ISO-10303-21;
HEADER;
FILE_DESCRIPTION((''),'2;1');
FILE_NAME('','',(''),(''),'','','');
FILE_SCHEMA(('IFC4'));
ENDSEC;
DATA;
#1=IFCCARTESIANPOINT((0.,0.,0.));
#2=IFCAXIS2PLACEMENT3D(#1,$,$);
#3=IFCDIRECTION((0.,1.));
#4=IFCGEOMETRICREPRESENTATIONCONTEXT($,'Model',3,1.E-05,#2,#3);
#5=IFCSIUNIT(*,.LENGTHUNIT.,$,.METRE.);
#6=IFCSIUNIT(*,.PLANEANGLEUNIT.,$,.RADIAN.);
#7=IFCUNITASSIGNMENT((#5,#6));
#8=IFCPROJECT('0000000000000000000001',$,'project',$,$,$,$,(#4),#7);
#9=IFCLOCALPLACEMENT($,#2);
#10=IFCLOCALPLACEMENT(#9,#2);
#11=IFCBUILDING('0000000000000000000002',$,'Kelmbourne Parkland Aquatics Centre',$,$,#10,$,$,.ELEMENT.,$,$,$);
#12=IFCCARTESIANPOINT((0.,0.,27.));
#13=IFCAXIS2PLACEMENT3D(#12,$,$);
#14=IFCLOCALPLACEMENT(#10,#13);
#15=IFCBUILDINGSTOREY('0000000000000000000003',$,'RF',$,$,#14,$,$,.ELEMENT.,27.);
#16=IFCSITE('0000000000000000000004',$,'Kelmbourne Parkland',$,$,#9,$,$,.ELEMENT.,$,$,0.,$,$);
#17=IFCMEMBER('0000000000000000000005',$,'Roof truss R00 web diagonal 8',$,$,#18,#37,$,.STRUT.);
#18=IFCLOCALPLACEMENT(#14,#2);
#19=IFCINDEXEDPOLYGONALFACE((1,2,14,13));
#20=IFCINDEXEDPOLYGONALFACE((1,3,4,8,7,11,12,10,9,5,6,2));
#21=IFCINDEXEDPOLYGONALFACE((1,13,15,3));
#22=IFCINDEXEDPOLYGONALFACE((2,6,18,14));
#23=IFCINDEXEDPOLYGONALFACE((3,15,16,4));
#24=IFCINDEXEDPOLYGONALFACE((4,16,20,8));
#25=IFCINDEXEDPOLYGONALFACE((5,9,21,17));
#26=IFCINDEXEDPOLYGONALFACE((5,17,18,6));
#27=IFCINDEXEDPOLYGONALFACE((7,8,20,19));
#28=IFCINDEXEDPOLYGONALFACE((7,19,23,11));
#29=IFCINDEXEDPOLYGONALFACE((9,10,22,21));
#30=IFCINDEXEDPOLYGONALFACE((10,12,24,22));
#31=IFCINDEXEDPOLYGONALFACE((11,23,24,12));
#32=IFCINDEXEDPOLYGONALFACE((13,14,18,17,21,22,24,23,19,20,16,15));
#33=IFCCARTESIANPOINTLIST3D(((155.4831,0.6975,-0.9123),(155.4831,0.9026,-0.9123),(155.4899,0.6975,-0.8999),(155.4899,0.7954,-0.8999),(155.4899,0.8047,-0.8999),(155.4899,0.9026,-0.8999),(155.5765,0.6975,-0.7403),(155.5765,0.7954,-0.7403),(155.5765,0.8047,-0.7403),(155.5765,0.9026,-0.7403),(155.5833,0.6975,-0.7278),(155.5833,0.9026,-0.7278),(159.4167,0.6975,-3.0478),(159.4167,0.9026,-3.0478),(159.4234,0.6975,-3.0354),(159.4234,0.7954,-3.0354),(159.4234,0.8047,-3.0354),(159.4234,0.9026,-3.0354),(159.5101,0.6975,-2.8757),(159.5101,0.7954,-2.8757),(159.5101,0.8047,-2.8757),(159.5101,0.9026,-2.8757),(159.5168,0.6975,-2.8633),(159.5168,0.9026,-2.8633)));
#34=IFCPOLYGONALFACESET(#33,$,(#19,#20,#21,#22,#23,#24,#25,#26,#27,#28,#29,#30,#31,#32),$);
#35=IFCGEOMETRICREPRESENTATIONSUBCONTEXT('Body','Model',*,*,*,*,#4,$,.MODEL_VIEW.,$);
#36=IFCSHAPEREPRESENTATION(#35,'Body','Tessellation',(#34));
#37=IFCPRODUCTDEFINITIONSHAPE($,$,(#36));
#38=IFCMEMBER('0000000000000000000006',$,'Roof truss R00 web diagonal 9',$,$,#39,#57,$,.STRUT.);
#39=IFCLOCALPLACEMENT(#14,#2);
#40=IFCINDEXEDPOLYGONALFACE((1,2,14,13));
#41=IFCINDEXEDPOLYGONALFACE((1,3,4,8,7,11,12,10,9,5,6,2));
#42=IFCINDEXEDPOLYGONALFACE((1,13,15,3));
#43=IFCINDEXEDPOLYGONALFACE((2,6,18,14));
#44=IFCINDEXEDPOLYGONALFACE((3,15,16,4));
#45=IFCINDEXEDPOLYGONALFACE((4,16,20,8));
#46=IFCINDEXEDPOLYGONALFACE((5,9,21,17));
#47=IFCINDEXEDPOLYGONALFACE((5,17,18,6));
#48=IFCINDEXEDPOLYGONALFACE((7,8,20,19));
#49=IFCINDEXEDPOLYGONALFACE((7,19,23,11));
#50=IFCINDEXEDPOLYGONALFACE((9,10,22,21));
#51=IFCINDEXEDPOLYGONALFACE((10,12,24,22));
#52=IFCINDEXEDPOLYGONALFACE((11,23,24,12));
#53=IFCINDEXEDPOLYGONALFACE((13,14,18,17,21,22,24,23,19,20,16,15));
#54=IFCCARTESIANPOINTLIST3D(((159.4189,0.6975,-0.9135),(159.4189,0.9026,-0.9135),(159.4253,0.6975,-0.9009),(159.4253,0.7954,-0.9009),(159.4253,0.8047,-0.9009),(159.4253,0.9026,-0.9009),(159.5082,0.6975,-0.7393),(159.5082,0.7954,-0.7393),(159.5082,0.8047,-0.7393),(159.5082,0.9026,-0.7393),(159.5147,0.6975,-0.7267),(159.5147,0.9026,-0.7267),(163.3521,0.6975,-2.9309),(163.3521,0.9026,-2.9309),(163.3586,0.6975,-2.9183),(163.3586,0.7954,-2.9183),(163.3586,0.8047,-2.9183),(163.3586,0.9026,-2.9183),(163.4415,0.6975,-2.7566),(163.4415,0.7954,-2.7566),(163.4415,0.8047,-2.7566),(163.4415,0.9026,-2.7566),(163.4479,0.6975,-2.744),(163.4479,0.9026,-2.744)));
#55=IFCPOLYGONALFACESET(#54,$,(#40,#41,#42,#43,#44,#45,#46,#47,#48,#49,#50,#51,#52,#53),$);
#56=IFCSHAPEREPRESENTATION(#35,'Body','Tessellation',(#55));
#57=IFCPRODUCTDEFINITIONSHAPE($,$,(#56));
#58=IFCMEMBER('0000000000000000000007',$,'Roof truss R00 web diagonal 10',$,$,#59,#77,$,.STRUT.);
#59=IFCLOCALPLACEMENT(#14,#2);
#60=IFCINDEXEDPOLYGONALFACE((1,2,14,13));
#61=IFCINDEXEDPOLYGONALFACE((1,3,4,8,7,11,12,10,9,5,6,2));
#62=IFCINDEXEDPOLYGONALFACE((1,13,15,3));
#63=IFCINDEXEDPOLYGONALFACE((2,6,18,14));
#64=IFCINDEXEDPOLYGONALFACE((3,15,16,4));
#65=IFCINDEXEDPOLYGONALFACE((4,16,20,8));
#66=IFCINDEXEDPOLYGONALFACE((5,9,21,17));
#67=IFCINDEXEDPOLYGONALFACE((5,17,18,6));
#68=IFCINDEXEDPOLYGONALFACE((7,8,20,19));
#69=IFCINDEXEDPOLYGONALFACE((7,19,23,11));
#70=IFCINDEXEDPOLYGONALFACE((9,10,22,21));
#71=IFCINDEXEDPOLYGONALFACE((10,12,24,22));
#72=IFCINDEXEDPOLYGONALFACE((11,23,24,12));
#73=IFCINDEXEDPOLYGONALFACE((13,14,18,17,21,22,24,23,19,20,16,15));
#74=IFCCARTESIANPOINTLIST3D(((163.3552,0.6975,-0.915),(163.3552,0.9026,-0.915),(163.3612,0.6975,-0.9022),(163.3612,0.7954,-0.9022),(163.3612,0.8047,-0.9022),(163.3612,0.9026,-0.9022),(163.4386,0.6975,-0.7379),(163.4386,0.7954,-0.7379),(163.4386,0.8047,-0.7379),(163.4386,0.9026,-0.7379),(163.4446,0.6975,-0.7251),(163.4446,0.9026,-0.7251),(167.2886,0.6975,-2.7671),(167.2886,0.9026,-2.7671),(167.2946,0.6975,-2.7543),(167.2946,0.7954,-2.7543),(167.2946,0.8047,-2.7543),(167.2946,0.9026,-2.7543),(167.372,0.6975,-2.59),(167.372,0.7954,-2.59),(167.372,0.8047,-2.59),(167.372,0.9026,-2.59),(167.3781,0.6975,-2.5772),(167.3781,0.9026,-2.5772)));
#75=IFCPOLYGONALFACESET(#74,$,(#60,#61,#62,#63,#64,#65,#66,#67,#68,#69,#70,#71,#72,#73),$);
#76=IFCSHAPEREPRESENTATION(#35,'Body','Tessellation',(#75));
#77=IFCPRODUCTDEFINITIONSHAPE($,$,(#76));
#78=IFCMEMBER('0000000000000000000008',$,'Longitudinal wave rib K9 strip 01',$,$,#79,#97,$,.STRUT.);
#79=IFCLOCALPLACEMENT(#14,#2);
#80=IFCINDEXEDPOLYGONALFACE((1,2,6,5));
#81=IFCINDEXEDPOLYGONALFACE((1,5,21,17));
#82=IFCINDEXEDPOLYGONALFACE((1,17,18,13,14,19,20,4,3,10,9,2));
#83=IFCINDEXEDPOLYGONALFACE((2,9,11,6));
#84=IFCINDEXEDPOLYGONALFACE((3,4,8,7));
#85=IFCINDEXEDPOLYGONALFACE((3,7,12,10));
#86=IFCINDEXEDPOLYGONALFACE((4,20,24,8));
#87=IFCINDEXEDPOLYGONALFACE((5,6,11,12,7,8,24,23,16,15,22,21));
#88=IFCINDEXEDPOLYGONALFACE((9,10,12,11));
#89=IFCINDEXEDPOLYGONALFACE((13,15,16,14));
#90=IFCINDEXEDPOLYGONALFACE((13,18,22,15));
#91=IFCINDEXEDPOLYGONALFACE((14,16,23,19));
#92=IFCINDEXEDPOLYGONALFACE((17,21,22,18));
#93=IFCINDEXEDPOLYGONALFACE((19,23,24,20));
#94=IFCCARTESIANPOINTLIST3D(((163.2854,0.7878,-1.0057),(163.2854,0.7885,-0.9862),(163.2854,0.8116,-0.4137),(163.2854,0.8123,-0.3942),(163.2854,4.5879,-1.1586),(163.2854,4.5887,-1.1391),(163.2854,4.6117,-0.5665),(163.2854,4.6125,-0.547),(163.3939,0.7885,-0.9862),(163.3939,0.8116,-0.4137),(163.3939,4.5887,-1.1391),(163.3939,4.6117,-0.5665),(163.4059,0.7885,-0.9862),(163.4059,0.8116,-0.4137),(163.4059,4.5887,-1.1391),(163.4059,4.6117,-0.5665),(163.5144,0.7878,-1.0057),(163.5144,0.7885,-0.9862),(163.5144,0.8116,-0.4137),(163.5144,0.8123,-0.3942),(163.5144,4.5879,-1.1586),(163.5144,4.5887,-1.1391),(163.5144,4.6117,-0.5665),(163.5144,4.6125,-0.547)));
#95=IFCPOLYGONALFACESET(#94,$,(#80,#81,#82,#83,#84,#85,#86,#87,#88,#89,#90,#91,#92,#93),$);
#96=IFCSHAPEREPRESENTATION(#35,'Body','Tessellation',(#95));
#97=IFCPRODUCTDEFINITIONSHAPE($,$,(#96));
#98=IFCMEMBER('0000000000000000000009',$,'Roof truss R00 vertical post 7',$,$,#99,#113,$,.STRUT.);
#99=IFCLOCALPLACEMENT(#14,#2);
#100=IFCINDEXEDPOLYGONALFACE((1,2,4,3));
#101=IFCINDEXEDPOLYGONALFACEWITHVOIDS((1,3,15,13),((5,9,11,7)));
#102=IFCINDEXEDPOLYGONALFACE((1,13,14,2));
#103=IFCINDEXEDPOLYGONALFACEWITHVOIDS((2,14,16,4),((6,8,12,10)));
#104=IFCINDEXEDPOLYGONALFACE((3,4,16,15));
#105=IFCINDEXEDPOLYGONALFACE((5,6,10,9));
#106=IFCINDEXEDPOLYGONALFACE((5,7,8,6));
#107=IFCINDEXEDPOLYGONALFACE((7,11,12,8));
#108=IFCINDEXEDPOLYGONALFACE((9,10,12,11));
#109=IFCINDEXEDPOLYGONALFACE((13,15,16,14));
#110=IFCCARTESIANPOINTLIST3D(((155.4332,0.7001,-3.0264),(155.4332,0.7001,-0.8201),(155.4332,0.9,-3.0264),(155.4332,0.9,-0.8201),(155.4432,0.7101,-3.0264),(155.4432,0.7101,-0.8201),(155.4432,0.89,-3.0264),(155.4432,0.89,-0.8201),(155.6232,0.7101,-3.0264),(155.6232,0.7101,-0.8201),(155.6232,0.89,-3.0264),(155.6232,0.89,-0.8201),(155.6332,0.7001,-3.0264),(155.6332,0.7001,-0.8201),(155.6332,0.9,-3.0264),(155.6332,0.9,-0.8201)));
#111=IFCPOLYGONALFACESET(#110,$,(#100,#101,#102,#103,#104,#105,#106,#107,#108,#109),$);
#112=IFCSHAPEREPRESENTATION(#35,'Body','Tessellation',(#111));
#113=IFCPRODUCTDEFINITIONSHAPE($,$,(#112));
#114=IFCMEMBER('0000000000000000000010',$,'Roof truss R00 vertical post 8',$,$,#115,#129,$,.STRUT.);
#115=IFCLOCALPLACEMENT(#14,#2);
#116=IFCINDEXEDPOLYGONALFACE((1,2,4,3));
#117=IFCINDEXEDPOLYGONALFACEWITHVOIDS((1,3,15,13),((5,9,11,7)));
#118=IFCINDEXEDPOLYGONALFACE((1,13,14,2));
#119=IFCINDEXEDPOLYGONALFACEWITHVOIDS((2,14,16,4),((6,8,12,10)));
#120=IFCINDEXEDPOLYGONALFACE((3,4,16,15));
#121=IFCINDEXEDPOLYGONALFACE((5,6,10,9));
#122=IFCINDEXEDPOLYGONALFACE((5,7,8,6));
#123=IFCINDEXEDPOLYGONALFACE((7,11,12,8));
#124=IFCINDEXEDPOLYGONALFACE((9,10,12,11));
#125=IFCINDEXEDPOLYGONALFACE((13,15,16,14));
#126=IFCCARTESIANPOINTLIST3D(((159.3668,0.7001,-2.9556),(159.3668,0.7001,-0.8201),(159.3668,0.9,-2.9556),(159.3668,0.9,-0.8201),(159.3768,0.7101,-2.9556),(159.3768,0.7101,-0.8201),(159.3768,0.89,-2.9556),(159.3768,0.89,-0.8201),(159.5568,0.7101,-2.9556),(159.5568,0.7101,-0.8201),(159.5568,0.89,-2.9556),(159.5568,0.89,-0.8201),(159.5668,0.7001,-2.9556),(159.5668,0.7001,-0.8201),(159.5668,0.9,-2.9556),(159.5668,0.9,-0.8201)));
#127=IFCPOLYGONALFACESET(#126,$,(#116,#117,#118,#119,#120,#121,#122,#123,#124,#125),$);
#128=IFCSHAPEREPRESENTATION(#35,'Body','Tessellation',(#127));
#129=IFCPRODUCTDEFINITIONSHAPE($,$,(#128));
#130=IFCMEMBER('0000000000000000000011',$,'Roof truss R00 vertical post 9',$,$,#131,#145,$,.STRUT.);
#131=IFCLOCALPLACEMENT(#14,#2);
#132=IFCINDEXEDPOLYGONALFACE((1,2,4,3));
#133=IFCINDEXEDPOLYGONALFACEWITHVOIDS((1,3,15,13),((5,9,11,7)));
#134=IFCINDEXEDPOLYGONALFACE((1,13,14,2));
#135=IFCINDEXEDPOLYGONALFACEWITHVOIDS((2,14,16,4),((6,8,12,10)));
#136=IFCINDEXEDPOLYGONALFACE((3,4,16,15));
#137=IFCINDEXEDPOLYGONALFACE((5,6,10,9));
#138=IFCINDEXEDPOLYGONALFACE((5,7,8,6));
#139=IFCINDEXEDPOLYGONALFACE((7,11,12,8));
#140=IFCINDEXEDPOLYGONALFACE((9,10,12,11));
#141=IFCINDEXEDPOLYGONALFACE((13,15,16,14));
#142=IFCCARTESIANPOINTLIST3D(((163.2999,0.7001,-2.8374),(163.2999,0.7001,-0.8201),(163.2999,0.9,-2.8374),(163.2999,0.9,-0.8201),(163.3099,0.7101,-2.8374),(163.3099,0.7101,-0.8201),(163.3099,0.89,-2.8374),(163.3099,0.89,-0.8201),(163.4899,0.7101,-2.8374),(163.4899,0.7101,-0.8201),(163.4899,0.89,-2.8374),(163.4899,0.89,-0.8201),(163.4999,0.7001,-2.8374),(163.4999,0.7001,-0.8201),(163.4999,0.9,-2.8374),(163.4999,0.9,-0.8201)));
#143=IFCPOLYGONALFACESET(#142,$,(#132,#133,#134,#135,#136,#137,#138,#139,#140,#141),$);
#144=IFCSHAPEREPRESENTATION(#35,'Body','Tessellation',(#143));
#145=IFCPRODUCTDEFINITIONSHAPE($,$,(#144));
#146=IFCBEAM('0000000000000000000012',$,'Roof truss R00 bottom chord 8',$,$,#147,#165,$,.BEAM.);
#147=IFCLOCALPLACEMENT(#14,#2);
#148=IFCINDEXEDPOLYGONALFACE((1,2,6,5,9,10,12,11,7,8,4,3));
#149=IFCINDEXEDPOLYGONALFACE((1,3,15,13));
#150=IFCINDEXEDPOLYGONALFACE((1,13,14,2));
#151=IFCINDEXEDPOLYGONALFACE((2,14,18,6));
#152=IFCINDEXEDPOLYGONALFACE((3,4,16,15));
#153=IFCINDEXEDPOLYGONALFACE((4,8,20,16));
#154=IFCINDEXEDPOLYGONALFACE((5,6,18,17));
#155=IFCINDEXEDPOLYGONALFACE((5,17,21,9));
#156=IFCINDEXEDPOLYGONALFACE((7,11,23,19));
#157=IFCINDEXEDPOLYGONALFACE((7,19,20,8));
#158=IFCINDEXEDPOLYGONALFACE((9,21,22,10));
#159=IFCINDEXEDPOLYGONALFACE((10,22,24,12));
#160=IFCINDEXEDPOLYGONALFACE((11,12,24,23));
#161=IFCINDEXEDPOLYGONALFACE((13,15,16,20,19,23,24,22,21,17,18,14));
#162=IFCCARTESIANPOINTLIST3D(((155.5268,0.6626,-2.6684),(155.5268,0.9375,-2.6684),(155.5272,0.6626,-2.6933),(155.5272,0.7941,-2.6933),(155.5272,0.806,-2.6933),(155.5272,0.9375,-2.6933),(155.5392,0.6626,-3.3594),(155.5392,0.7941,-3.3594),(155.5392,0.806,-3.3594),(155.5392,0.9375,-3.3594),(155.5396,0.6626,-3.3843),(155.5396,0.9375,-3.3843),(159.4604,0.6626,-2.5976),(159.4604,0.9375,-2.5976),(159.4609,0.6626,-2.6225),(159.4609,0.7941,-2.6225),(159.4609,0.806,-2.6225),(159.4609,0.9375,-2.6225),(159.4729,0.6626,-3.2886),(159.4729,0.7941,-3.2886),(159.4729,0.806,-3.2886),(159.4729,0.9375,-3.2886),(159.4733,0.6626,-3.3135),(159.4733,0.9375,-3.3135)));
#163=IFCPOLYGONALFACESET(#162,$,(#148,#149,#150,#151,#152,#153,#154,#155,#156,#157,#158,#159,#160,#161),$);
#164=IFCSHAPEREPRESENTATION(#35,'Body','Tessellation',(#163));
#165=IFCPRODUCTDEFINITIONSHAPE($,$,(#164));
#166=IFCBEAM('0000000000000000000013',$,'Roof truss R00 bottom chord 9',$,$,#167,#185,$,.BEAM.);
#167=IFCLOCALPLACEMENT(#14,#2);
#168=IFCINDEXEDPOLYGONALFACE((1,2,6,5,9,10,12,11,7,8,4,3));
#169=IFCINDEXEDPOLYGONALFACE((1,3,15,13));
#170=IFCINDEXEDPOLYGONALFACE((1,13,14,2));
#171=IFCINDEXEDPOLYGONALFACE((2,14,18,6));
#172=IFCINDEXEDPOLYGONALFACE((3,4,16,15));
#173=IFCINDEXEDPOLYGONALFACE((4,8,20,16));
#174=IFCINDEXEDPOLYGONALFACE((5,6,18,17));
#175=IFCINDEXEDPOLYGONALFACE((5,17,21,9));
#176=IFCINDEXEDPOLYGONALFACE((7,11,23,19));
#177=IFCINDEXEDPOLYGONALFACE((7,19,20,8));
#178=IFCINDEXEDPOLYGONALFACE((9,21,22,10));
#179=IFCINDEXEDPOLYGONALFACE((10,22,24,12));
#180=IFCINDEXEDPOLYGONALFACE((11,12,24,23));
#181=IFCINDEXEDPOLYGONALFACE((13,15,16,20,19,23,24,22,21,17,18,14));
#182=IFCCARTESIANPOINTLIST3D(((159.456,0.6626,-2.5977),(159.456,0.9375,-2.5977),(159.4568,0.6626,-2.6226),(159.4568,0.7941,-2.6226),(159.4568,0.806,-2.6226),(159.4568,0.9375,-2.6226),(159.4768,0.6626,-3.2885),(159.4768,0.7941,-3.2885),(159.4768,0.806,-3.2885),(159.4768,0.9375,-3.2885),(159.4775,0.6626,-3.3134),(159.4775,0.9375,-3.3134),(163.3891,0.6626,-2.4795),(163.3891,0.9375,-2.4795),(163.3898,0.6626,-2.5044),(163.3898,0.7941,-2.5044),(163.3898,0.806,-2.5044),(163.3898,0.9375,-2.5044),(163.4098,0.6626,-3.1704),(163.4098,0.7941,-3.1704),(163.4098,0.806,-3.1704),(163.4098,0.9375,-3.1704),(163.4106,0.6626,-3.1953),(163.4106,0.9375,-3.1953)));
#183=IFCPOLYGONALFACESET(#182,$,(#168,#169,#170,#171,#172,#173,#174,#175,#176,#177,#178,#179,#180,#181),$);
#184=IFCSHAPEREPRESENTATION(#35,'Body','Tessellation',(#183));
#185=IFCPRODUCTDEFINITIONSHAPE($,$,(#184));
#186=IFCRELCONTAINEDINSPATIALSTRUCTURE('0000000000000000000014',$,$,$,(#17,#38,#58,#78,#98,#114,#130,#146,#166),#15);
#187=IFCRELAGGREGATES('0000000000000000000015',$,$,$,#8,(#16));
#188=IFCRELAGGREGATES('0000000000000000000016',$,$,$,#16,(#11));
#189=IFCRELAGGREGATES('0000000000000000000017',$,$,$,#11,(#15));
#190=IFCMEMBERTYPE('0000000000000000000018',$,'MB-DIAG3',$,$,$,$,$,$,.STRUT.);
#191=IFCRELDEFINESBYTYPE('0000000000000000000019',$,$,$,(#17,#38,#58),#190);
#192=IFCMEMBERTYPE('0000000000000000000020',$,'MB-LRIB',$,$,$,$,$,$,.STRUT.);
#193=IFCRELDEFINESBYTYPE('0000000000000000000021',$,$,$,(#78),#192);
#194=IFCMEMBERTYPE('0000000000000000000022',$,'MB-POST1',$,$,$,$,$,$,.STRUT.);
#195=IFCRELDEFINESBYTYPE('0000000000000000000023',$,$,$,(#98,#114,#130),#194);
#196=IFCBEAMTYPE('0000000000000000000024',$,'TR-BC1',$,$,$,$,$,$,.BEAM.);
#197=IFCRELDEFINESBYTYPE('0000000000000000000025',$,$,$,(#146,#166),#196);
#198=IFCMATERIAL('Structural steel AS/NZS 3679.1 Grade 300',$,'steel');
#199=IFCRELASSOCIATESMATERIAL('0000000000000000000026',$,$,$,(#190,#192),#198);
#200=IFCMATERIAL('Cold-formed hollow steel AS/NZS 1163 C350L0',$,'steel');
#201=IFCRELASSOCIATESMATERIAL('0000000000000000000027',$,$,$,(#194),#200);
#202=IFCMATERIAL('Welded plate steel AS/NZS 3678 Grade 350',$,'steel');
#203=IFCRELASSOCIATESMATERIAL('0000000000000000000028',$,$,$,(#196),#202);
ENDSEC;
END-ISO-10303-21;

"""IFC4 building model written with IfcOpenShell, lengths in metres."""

from ifc_helpers import new_model, si_unit, direction, frame, origin, origin_2d, place, context, subcontext, project, spatial, hollow_rectangle, i_section, extrude, material, material_profile, profile_set, type_object, element, save


model = new_model("IFC4")

# Units and contexts
model_context = context("Model", 3, precision=1e-05, world=origin(), true_north=direction((0.0, 1.0)))
body_context = subcontext(model_context, "Body", "Model", "MODEL_VIEW")
ifc_project = project(units=[si_unit("LENGTHUNIT", "METRE"), si_unit("PLANEANGLEUNIT", "RADIAN")], contexts=[model_context])

# Site, building, storey
site_placement = place(None, origin())
site = spatial("IfcSite", under=ifc_project, at=site_placement, Name="Kelmbourne Parkland", CompositionType="ELEMENT", RefElevation=0.0)
building_placement = place(site_placement, origin())
building = spatial("IfcBuilding", under=site, at=building_placement, Name="Kelmbourne Parkland Aquatics Centre", CompositionType="ELEMENT")
storey_placement = place(building_placement, frame((0.0, 0.0, 27.0)))
storey = spatial("IfcBuildingStorey", under=building, at=storey_placement, Name="RF", CompositionType="ELEMENT", Elevation=27.0)

# Members
ifc_material_1 = material(Name="Structural steel AS/NZS 3679.1 Grade 300", Category="steel")
ifc_material_profile_1 = material_profile(ifc_material_1, i_section(OverallWidth=0.2051, OverallDepth=0.21, WebThickness=0.0093, FlangeThickness=0.0142, at=origin_2d()), Name="200UC59.5")
ifc_profile_set_1 = profile_set([ifc_material_profile_1], Name="Structural steel AS/NZS 3679.1 Grade 300")
member_type_1 = type_object("IfcMemberType", Name="MB-DIAG3", PredefinedType="STRUT", material=ifc_profile_set_1)
member_1_placement = place(storey_placement, frame((155.5332, 0.8, -0.8201), z_axis=(0.878842, 0.0, -0.477112), x_axis=(0.0, 1.0, 0.0)))
element("IfcMember", 1, at=member_1_placement, inside=storey, type_object=member_type_1, Name="Roof truss R00 web diagonal 8", PredefinedType="STRUT", context=body_context, shape_type="SweptSolid", body=[
    extrude(i_section(OverallWidth=0.2051, OverallDepth=0.21, WebThickness=0.0093, FlangeThickness=0.0142, at=origin_2d()), origin(), (0.0, 0.0, 1.0), 4.4758),
])
member_2_placement = place(storey_placement, frame((159.4668, 0.8, -0.8201), z_axis=(0.889785, 0.0, -0.456381), x_axis=(0.0, 1.0, 0.0)))
element("IfcMember", 2, at=member_2_placement, inside=storey, type_object=member_type_1, Name="Roof truss R00 web diagonal 9", PredefinedType="STRUT", context=body_context, shape_type="SweptSolid", body=[
    extrude(i_section(OverallWidth=0.2051, OverallDepth=0.21, WebThickness=0.0093, FlangeThickness=0.0142, at=origin_2d()), origin(), (0.0, 0.0, 1.0), 4.4204),
])
member_3_placement = place(storey_placement, frame((163.3999, 0.8, -0.8201), z_axis=(0.904725, 0.0, -0.425997), x_axis=(0.0, 1.0, 0.0)))
element("IfcMember", 3, at=member_3_placement, inside=storey, type_object=member_type_1, Name="Roof truss R00 web diagonal 10", PredefinedType="STRUT", context=body_context, shape_type="SweptSolid", body=[
    extrude(i_section(OverallWidth=0.2051, OverallDepth=0.21, WebThickness=0.0093, FlangeThickness=0.0142, at=origin_2d()), origin(), (0.0, 0.0, 1.0), 4.3477),
])
ifc_material_profile_2 = material_profile(ifc_material_1, i_section(OverallWidth=0.229, OverallDepth=0.6121, WebThickness=0.012, FlangeThickness=0.0195, at=origin_2d()), Name="610UB125")
ifc_profile_set_2 = profile_set([ifc_material_profile_2], Name="Structural steel AS/NZS 3679.1 Grade 300")
member_type_2 = type_object("IfcMemberType", Name="MB-LRIB", PredefinedType="STRUT", material=ifc_profile_set_2)
member_4_placement = place(storey_placement, frame((163.3999, 0.8, -0.7), z_axis=(0.0, 0.999192, -0.040186), x_axis=(-1.0, 0.0, 0.0)))
element("IfcMember", 4, at=member_4_placement, inside=storey, type_object=member_type_2, Name="Longitudinal wave rib K9 strip 01", PredefinedType="STRUT", context=body_context, shape_type="SweptSolid", body=[
    extrude(i_section(OverallWidth=0.229, OverallDepth=0.6121, WebThickness=0.012, FlangeThickness=0.0195, at=origin_2d()), origin(), (0.0, 0.0, 1.0), 3.8032),
])
ifc_material_2 = material(Name="Cold-formed hollow steel AS/NZS 1163 C350L0", Category="steel")
ifc_material_profile_3 = material_profile(ifc_material_2, hollow_rectangle(XDim=0.2, YDim=0.2, WallThickness=0.01, at=origin_2d()), Name="SHS 200x200x10.0")
ifc_profile_set_3 = profile_set([ifc_material_profile_3], Name="Cold-formed hollow steel AS/NZS 1163 C350L0")
member_type_3 = type_object("IfcMemberType", Name="MB-POST1", PredefinedType="STRUT", material=ifc_profile_set_3)
member_5_placement = place(storey_placement, frame((155.5332, 0.8, -3.0264), z_axis=(0.0, 0.0, 1.0), x_axis=(1.0, 0.0, 0.0)))
element("IfcMember", 5, at=member_5_placement, inside=storey, type_object=member_type_3, Name="Roof truss R00 vertical post 7", PredefinedType="STRUT", context=body_context, shape_type="SweptSolid", body=[
    extrude(hollow_rectangle(XDim=0.2, YDim=0.2, WallThickness=0.01, at=origin_2d()), origin(), (0.0, 0.0, 1.0), 2.2063),
])
member_6_placement = place(storey_placement, frame((159.4668, 0.8, -2.9556), z_axis=(0.0, 0.0, 1.0), x_axis=(1.0, 0.0, 0.0)))
element("IfcMember", 6, at=member_6_placement, inside=storey, type_object=member_type_3, Name="Roof truss R00 vertical post 8", PredefinedType="STRUT", context=body_context, shape_type="SweptSolid", body=[
    extrude(hollow_rectangle(XDim=0.2, YDim=0.2, WallThickness=0.01, at=origin_2d()), origin(), (0.0, 0.0, 1.0), 2.1355),
])
member_7_placement = place(storey_placement, frame((163.3999, 0.8, -2.8374), z_axis=(0.0, 0.0, 1.0), x_axis=(1.0, 0.0, 0.0)))
element("IfcMember", 7, at=member_7_placement, inside=storey, type_object=member_type_3, Name="Roof truss R00 vertical post 9", PredefinedType="STRUT", context=body_context, shape_type="SweptSolid", body=[
    extrude(hollow_rectangle(XDim=0.2, YDim=0.2, WallThickness=0.01, at=origin_2d()), origin(), (0.0, 0.0, 1.0), 2.0173),
])

# Beams
ifc_material_3 = material(Name="Welded plate steel AS/NZS 3678 Grade 350", Category="steel")
ifc_material_profile_4 = material_profile(ifc_material_3, i_section(OverallWidth=0.2749, OverallDepth=0.7161, WebThickness=0.012, FlangeThickness=0.0249, at=origin_2d()), Name="700WB173")
ifc_profile_set_4 = profile_set([ifc_material_profile_4], Name="Welded plate steel AS/NZS 3678 Grade 350")
beam_type_1 = type_object("IfcBeamType", Name="TR-BC1", PredefinedType="BEAM", material=ifc_profile_set_4)
beam_1_placement = place(storey_placement, frame((155.5332, 0.8, -3.0264), z_axis=(0.999838, 0.0, 0.017996), x_axis=(0.0, 1.0, 0.0)))
element("IfcBeam", 8, at=beam_1_placement, inside=storey, type_object=beam_type_1, Name="Roof truss R00 bottom chord 8", PredefinedType="BEAM", context=body_context, shape_type="SweptSolid", body=[
    extrude(i_section(OverallWidth=0.2749, OverallDepth=0.7161, WebThickness=0.012, FlangeThickness=0.0249, at=origin_2d()), origin(), (0.0, 0.0, 1.0), 3.9343),
])
beam_2_placement = place(storey_placement, frame((159.4668, 0.8, -2.9556), z_axis=(0.999549, 0.0, 0.03003), x_axis=(0.0, 1.0, 0.0)))
element("IfcBeam", 9, at=beam_2_placement, inside=storey, type_object=beam_type_1, Name="Roof truss R00 bottom chord 9", PredefinedType="BEAM", context=body_context, shape_type="SweptSolid", body=[
    extrude(i_section(OverallWidth=0.2749, OverallDepth=0.7161, WebThickness=0.012, FlangeThickness=0.0249, at=origin_2d()), origin(), (0.0, 0.0, 1.0), 3.9348),
])

save(model, "model.ifc")
